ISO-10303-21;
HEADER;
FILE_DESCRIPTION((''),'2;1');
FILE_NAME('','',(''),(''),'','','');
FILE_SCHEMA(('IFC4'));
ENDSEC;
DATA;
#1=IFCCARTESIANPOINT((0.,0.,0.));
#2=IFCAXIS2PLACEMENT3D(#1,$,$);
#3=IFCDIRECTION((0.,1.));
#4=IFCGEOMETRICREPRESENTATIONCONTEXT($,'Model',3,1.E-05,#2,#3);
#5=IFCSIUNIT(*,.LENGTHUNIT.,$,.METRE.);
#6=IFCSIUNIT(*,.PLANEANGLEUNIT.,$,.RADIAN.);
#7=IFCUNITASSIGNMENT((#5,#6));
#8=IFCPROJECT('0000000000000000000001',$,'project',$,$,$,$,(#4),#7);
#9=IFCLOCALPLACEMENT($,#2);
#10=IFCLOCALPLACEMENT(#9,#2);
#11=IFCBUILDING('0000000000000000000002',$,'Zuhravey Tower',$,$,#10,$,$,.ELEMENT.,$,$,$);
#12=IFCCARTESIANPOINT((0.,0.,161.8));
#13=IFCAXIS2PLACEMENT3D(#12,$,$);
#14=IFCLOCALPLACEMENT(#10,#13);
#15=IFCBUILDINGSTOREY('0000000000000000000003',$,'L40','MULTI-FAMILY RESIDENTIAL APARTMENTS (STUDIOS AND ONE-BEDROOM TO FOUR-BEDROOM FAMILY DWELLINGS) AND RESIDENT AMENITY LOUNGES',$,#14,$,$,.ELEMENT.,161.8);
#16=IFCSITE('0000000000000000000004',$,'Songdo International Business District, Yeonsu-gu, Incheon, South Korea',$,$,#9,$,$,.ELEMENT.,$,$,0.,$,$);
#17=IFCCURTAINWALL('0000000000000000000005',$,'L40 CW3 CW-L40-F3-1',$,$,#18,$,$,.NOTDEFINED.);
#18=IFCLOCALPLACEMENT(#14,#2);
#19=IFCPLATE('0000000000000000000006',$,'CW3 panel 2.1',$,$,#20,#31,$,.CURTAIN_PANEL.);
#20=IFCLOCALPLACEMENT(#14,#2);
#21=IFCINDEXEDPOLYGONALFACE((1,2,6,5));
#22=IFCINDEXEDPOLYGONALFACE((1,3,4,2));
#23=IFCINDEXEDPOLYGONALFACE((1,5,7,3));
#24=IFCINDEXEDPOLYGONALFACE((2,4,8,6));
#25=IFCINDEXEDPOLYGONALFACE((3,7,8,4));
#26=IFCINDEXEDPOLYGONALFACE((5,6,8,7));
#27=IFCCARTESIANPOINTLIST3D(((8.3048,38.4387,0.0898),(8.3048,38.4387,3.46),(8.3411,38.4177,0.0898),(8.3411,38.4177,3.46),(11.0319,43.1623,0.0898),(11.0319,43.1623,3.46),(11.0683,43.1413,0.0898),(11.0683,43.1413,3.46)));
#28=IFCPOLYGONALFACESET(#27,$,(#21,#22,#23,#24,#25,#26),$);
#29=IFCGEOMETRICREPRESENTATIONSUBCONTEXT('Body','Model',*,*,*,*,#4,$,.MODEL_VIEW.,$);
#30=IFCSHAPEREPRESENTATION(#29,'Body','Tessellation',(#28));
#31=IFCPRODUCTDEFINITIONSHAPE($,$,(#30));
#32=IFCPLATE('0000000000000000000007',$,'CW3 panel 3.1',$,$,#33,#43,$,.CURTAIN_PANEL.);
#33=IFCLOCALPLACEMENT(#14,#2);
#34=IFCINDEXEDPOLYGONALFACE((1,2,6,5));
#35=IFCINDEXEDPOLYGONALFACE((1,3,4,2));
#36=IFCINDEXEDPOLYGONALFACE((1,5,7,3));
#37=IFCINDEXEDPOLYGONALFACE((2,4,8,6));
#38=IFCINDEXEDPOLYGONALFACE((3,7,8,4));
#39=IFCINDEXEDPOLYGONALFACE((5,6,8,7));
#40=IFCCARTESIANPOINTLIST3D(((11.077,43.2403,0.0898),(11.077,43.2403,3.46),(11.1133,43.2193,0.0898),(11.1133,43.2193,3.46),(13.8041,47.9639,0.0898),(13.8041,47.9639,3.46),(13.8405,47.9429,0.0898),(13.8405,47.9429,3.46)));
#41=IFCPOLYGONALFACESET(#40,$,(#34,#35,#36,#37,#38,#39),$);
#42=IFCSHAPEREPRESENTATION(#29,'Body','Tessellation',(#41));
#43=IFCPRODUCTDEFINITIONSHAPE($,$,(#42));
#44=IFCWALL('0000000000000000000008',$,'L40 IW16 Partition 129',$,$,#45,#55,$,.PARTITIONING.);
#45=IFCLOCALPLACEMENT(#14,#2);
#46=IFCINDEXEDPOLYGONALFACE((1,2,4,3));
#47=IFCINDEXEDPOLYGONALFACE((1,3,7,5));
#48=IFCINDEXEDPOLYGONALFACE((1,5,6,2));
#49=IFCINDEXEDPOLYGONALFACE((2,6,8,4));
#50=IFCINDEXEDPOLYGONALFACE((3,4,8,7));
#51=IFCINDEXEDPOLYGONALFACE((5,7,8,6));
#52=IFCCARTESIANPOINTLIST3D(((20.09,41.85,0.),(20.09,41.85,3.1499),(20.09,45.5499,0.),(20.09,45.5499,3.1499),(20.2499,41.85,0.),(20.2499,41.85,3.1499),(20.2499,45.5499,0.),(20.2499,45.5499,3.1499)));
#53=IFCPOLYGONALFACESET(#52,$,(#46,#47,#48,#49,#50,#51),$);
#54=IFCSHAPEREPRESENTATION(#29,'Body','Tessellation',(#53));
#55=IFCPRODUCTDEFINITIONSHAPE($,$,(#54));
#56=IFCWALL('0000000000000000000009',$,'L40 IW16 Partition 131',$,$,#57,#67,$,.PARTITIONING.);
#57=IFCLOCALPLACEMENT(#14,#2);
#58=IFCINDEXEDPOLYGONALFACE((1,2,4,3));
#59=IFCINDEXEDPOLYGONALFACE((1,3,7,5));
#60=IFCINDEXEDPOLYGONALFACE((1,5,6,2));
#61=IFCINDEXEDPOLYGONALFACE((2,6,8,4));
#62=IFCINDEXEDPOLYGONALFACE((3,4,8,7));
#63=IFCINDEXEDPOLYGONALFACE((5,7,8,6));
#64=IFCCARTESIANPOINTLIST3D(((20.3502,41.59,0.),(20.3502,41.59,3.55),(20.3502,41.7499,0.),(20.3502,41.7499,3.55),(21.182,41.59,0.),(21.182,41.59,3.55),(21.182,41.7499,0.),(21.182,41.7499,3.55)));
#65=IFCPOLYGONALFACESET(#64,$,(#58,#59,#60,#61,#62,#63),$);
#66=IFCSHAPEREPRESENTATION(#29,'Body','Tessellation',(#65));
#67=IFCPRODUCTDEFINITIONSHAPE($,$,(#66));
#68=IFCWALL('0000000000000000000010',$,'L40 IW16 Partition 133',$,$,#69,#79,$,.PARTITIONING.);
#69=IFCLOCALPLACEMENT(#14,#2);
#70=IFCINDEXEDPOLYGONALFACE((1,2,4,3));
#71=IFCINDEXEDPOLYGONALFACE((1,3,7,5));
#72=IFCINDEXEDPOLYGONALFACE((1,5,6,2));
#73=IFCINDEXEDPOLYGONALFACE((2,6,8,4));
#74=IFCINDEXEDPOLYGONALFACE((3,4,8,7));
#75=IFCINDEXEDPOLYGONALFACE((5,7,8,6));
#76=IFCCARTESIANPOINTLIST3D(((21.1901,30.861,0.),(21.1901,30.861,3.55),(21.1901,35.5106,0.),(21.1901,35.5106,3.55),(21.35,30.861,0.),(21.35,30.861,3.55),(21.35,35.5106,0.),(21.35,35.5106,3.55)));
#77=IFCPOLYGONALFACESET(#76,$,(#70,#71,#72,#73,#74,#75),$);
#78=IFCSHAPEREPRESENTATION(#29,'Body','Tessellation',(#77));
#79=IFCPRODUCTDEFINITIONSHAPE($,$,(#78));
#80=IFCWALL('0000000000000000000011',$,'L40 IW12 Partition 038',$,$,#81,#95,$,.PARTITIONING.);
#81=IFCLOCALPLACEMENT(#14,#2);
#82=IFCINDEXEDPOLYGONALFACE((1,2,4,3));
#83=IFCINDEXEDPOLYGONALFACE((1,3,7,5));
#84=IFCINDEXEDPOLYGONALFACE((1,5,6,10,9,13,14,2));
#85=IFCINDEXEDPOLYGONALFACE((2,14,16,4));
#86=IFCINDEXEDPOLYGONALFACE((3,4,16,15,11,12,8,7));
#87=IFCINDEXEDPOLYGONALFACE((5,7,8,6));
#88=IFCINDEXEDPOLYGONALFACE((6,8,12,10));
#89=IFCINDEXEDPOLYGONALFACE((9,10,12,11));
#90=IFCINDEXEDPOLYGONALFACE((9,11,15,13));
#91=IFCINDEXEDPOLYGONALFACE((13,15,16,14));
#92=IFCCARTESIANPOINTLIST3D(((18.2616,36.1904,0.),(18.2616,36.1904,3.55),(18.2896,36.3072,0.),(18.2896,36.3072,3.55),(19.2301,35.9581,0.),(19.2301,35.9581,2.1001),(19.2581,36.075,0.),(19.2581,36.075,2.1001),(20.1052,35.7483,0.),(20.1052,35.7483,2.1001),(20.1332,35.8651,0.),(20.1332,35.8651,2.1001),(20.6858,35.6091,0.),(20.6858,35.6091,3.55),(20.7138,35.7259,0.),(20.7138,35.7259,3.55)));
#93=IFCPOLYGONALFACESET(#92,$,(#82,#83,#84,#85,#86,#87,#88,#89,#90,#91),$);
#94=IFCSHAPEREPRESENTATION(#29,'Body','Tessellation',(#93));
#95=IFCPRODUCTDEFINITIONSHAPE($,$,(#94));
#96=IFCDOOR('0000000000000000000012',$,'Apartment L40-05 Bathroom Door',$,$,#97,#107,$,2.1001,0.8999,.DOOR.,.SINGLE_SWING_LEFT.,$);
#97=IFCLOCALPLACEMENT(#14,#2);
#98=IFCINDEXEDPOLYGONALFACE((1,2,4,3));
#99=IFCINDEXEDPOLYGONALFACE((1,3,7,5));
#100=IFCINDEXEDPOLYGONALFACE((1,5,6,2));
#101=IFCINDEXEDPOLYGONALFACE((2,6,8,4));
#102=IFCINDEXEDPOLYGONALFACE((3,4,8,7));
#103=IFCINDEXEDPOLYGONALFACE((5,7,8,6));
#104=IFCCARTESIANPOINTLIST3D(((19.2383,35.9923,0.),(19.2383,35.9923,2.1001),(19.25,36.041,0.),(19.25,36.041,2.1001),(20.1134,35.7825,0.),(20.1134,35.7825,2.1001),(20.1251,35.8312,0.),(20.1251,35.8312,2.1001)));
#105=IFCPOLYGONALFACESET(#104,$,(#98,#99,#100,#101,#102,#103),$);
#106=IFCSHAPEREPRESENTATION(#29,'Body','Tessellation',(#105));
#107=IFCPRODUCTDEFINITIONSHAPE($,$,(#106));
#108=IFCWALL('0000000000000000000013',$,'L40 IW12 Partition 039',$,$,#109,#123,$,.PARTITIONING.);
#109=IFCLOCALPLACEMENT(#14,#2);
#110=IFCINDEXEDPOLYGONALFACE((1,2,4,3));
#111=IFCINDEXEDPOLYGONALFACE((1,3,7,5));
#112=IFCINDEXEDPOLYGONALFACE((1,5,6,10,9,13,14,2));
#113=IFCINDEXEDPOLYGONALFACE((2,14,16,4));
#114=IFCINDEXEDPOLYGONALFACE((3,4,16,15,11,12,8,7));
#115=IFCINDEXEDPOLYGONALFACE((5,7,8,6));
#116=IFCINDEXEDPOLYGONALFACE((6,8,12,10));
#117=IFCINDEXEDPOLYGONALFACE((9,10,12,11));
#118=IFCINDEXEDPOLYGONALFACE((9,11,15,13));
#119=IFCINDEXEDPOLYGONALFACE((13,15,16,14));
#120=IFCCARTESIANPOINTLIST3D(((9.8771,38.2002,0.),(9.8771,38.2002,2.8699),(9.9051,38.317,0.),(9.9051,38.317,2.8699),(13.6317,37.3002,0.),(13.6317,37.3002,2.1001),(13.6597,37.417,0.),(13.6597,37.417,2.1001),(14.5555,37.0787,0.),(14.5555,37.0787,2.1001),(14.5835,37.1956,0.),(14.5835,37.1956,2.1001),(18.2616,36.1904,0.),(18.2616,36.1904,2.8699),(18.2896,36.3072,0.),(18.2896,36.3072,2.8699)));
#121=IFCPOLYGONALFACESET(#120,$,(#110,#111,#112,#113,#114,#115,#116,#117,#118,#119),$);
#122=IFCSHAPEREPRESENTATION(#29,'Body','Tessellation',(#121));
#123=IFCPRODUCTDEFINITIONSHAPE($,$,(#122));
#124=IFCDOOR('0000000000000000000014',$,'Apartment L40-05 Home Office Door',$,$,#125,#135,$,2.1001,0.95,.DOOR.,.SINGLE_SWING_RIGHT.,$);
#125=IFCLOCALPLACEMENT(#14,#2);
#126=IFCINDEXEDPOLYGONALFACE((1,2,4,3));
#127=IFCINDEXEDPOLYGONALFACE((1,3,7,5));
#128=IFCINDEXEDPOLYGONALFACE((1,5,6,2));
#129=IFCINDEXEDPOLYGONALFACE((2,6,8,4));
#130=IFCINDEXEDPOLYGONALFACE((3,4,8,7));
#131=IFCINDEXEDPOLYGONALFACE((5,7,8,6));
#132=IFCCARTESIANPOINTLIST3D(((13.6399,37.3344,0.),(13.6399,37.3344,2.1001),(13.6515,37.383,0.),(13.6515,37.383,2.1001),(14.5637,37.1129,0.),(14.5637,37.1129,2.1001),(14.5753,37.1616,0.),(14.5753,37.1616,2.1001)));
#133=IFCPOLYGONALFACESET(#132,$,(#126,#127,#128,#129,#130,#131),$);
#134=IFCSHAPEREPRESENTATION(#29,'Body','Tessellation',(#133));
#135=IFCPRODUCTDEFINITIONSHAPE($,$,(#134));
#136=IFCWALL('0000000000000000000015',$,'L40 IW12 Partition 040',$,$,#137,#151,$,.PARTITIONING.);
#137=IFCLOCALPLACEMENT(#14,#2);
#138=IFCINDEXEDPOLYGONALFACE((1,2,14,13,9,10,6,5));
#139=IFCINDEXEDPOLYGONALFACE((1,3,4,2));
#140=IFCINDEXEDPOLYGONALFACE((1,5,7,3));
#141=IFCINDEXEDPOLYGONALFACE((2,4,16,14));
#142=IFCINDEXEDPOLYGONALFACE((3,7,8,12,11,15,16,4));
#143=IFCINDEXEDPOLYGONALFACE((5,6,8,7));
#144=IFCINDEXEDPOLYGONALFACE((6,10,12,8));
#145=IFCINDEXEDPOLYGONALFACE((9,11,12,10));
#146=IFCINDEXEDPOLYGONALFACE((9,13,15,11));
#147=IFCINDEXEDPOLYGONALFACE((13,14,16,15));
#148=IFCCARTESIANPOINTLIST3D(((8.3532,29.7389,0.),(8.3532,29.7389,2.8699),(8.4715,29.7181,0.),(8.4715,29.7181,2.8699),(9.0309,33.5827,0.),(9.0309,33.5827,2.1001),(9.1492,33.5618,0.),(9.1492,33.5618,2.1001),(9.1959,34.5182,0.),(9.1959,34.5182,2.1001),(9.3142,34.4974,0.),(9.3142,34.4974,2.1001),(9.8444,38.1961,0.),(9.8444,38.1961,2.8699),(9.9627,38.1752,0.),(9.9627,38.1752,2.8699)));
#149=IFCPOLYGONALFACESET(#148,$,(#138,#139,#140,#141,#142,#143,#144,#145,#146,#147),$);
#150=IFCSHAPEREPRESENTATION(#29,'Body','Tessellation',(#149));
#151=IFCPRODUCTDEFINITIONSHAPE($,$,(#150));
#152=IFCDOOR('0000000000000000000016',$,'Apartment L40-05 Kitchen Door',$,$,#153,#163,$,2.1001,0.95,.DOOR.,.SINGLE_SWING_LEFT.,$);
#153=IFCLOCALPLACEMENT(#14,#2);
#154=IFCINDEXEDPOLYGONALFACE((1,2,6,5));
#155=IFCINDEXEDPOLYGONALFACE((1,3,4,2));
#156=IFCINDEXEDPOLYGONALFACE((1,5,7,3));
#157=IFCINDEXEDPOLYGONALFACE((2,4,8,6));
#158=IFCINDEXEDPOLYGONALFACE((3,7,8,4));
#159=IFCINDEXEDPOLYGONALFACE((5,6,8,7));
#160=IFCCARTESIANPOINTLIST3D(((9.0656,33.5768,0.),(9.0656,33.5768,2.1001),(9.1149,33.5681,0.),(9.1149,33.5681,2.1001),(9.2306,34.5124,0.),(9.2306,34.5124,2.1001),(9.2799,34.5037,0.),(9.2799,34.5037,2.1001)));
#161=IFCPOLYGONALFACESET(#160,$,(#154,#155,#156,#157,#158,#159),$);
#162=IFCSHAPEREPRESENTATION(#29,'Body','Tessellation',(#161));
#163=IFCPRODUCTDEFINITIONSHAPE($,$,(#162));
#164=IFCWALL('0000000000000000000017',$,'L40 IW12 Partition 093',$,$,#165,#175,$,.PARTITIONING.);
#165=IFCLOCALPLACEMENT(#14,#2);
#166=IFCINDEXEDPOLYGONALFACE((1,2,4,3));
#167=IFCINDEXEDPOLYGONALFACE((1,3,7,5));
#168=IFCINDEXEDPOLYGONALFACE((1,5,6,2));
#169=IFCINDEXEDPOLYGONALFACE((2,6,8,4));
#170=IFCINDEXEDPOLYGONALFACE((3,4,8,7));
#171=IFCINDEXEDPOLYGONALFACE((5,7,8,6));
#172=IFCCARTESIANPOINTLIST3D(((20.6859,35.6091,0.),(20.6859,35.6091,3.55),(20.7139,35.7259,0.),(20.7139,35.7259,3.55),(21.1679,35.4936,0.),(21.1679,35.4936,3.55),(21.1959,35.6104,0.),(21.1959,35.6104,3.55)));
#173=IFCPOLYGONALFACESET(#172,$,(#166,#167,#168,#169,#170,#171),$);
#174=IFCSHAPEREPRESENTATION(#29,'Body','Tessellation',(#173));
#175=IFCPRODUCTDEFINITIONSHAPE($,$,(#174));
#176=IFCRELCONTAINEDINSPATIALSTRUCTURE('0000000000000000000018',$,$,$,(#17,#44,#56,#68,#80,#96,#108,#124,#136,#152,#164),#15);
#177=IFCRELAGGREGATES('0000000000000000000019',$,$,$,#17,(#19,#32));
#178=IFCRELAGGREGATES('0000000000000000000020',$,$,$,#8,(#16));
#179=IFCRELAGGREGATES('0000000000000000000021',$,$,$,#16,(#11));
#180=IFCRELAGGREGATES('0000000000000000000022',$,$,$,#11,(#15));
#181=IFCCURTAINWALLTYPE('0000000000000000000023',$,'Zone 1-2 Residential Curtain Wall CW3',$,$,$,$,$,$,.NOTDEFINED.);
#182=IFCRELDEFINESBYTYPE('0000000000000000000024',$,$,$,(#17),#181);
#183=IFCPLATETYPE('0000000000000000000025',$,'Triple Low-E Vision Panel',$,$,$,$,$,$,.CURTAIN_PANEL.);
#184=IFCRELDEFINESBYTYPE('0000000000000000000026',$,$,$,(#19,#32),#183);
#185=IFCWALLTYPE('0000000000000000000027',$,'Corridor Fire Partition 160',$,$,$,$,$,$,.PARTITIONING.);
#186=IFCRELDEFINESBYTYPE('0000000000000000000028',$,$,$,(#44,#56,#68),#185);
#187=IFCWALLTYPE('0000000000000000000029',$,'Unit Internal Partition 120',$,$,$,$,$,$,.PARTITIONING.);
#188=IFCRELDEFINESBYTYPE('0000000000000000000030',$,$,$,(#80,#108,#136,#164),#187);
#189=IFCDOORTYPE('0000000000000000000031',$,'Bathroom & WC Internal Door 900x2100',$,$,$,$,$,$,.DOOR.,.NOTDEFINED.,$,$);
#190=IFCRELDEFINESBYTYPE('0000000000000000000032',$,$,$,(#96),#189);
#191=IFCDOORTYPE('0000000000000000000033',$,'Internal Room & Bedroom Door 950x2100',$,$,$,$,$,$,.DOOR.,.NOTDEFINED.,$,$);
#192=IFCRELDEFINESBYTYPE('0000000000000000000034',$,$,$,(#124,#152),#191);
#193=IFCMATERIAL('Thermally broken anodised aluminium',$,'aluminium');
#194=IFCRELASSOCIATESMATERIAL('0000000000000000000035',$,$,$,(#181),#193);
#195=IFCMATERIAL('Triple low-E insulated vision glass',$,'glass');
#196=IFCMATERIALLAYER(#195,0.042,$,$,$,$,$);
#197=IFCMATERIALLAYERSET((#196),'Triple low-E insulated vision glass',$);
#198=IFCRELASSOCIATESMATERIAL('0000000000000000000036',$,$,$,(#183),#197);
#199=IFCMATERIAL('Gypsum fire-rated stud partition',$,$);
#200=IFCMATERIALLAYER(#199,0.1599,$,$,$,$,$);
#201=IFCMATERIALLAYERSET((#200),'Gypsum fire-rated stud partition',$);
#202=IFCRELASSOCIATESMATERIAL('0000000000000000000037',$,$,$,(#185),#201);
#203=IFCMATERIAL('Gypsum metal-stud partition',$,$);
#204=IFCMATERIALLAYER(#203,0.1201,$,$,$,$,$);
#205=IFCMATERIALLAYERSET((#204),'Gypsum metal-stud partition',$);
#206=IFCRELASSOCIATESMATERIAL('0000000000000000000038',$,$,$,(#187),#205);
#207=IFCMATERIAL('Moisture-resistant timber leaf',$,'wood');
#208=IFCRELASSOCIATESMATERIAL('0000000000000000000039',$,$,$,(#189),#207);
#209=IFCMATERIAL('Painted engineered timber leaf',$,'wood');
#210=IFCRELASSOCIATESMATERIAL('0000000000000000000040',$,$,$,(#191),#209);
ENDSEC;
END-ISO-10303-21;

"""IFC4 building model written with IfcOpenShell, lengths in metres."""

from ifc_helpers import new_model, si_unit, direction, frame, frame_2d, origin, origin_2d, place, context, subcontext, project, spatial, rectangle, extrude, material, layer, layer_set, type_object, element, fill, aggregate, save


model = new_model("IFC4")

# Units and contexts
model_context = context("Model", 3, precision=1e-05, world=origin(), true_north=direction((0.0, 1.0)))
body_context = subcontext(model_context, "Body", "Model", "MODEL_VIEW")
ifc_project = project(units=[si_unit("LENGTHUNIT", "METRE"), si_unit("PLANEANGLEUNIT", "RADIAN")], contexts=[model_context])

# Site, building, storey
site_placement = place(None, origin())
site = spatial("IfcSite", under=ifc_project, at=site_placement, Name="Songdo International Business District, Yeonsu-gu, Incheon, South Korea", CompositionType="ELEMENT", RefElevation=0.0)
building_placement = place(site_placement, origin())
building = spatial("IfcBuilding", under=site, at=building_placement, Name="Zuhravey Tower", CompositionType="ELEMENT")
storey_placement = place(building_placement, frame((0.0, 0.0, 161.8)))
storey = spatial("IfcBuildingStorey", under=building, at=storey_placement, Name="L40", Description="MULTI-FAMILY RESIDENTIAL APARTMENTS (STUDIOS AND ONE-BEDROOM TO FOUR-BEDROOM FAMILY DWELLINGS) AND RESIDENT AMENITY LOUNGES", CompositionType="ELEMENT", Elevation=161.8)

# Curtain wall
ifc_material_1 = material(Name="Thermally broken anodised aluminium", Category="aluminium")
curtain_wall_type = type_object("IfcCurtainWallType", Name="Zone 1-2 Residential Curtain Wall CW3", PredefinedType="NOTDEFINED", material=ifc_material_1)
curtain_wall_placement = place(storey_placement, origin())
curtain_wall = element("IfcCurtainWall", 1, at=curtain_wall_placement, inside=storey, type_object=curtain_wall_type, Name="L40 CW3 CW-L40-F3-1", PredefinedType="NOTDEFINED")

# Plates
ifc_material_2 = material(Name="Triple low-E insulated vision glass", Category="glass")
ifc_layer_1 = layer(ifc_material_2, 0.042)
ifc_layer_set_1 = layer_set([ifc_layer_1], Name="Triple low-E insulated vision glass")
plate_type_1 = type_object("IfcPlateType", Name="Triple Low-E Vision Panel", PredefinedType="CURTAIN_PANEL", material=ifc_layer_set_1)
plate_1_placement = place(storey_placement, frame((9.6865, 40.79, 0.0898), z_axis=(0.0, 0.0, 1.0), x_axis=(0.5, 0.866025, 0.0)))
plate_1 = element("IfcPlate", 2, at=plate_1_placement, type_object=plate_type_1, Name="CW3 panel 2.1", PredefinedType="CURTAIN_PANEL", context=body_context, shape_type="SweptSolid", body=[
    extrude(rectangle(XDim=5.4543, YDim=0.042, at=origin_2d()), origin(), (0.0, 0.0, 1.0), 3.3701),
])
plate_2_placement = place(storey_placement, frame((12.4587, 45.5916, 0.0898), z_axis=(0.0, 0.0, 1.0), x_axis=(0.5, 0.866025, 0.0)))
plate_2 = element("IfcPlate", 3, at=plate_2_placement, type_object=plate_type_1, Name="CW3 panel 3.1", PredefinedType="CURTAIN_PANEL", context=body_context, shape_type="SweptSolid", body=[
    extrude(rectangle(XDim=5.4543, YDim=0.042, at=origin_2d()), origin(), (0.0, 0.0, 1.0), 3.3701),
])
aggregate(curtain_wall, [plate_1, plate_2])

# Walls
ifc_material_3 = material(Name="Gypsum fire-rated stud partition")
ifc_layer_2 = layer(ifc_material_3, 0.1599)
ifc_layer_set_2 = layer_set([ifc_layer_2], Name="Gypsum fire-rated stud partition")
wall_type_1 = type_object("IfcWallType", Name="Corridor Fire Partition 160", PredefinedType="PARTITIONING", material=ifc_layer_set_2)
wall_1_placement = place(storey_placement, frame((20.1699, 45.55, 0.0), z_axis=(0.0, 0.0, 1.0), x_axis=(0.0, -1.0, 0.0)))
element("IfcWall", 4, at=wall_1_placement, inside=storey, type_object=wall_type_1, Name="L40 IW16 Partition 129", PredefinedType="PARTITIONING", context=body_context, shape_type="SweptSolid", body=[
    extrude(rectangle(XDim=3.7, YDim=0.1599, at=frame_2d((1.8501, 0.0))), origin(), (0.0, 0.0, 1.0), 3.1499),
])
wall_2_placement = place(storey_placement, frame((20.3501, 41.6699, 0.0), z_axis=(0.0, 0.0, 1.0), x_axis=(1.0, 0.0, 0.0)))
element("IfcWall", 5, at=wall_2_placement, inside=storey, type_object=wall_type_1, Name="L40 IW16 Partition 131", PredefinedType="PARTITIONING", context=body_context, shape_type="SweptSolid", body=[
    extrude(rectangle(XDim=0.8318, YDim=0.1599, at=frame_2d((0.416, 0.0))), origin(), (0.0, 0.0, 1.0), 3.55),
])
wall_3_placement = place(storey_placement, frame((21.27, 35.5105, 0.0), z_axis=(0.0, 0.0, 1.0), x_axis=(0.0, -1.0, 0.0)))
element("IfcWall", 6, at=wall_3_placement, inside=storey, type_object=wall_type_1, Name="L40 IW16 Partition 133", PredefinedType="PARTITIONING", context=body_context, shape_type="SweptSolid", body=[
    extrude(rectangle(XDim=4.6497, YDim=0.1599, at=frame_2d((2.3247, 0.0))), origin(), (0.0, 0.0, 1.0), 3.55),
])

# Walls, openings, doors
ifc_material_4 = material(Name="Gypsum metal-stud partition")
ifc_layer_3 = layer(ifc_material_4, 0.1201)
ifc_layer_set_3 = layer_set([ifc_layer_3], Name="Gypsum metal-stud partition")
wall_type_2 = type_object("IfcWallType", Name="Unit Internal Partition 120", PredefinedType="PARTITIONING", material=ifc_layer_set_3)
wall_4_placement = place(storey_placement, frame((20.7, 35.6675, 0.0), z_axis=(0.0, 0.0, 1.0), x_axis=(-0.972436, 0.233169, 0.0)))
wall_4 = element("IfcWall", 7, at=wall_4_placement, inside=storey, type_object=wall_type_2, Name="L40 IW12 Partition 038", PredefinedType="PARTITIONING", context=body_context, shape_type="SweptSolid", body=[
    extrude(rectangle(XDim=2.4929, YDim=0.1201, at=frame_2d((1.2466, 0.0))), origin(), (0.0, 0.0, 1.0), 3.55),
])
opening_1_placement = place(wall_4_placement, frame((0.5972, 0.0, 0.0)))
opening_1 = element("IfcOpeningElement", 8, at=opening_1_placement, cuts=wall_4, PredefinedType="OPENING", context=body_context, shape_type="SweptSolid", body=[
    extrude(rectangle(XDim=0.8999, YDim=2.1001, at=frame_2d((0.45, 1.05))), frame((0.0, 0.072, 0.0), z_axis=(0.0, -1.0, 0.0), x_axis=(1.0, 0.0, 0.0)), (0.0, 0.0, 1.0), 0.144),
])
ifc_material_5 = material(Name="Moisture-resistant timber leaf", Category="wood")
door_type_1 = type_object("IfcDoorType", Name="Bathroom & WC Internal Door 900x2100", OperationType="NOTDEFINED", PredefinedType="DOOR", material=ifc_material_5)
door_1_placement = place(opening_1_placement, origin())
door_1 = element("IfcDoor", 9, at=door_1_placement, inside=storey, type_object=door_type_1, Name="Apartment L40-05 Bathroom Door", OperationType="SINGLE_SWING_LEFT", OverallHeight=2.1001, OverallWidth=0.8999, PredefinedType="DOOR", context=body_context, shape_type="SweptSolid", body=[
    extrude(rectangle(XDim=0.8999, YDim=2.1001, at=frame_2d((0.45, 1.05))), frame((0.0, 0.0249, 0.0), z_axis=(0.0, -1.0, 0.0), x_axis=(1.0, 0.0, 0.0)), (0.0, 0.0, 1.0), 0.05),
])
fill(opening_1, door_1)
wall_5_placement = place(storey_placement, frame((18.2756, 36.2488, 0.0), z_axis=(0.0, 0.0, 1.0), x_axis=(-0.972454, 0.233097, 0.0)))
wall_5 = element("IfcWall", 10, at=wall_5_placement, inside=storey, type_object=wall_type_2, Name="L40 IW12 Partition 039", PredefinedType="PARTITIONING", context=body_context, shape_type="SweptSolid", body=[
    extrude(rectangle(XDim=8.6221, YDim=0.1201, at=frame_2d((4.311, 0.0))), origin(), (0.0, 0.0, 1.0), 2.8699),
])
opening_2_placement = place(wall_5_placement, frame((3.811, 0.0, 0.0)))
opening_2 = element("IfcOpeningElement", 11, at=opening_2_placement, cuts=wall_5, PredefinedType="OPENING", context=body_context, shape_type="SweptSolid", body=[
    extrude(rectangle(XDim=0.95, YDim=2.1001, at=frame_2d((0.4751, 1.05))), frame((0.0, 0.072, 0.0), z_axis=(0.0, -1.0, 0.0), x_axis=(1.0, 0.0, 0.0)), (0.0, 0.0, 1.0), 0.144),
])
ifc_material_6 = material(Name="Painted engineered timber leaf", Category="wood")
door_type_2 = type_object("IfcDoorType", Name="Internal Room & Bedroom Door 950x2100", OperationType="NOTDEFINED", PredefinedType="DOOR", material=ifc_material_6)
door_2_placement = place(opening_2_placement, origin())
door_2 = element("IfcDoor", 12, at=door_2_placement, inside=storey, type_object=door_type_2, Name="Apartment L40-05 Home Office Door", OperationType="SINGLE_SWING_RIGHT", OverallHeight=2.1001, OverallWidth=0.95, PredefinedType="DOOR", context=body_context, shape_type="SweptSolid", body=[
    extrude(rectangle(XDim=0.95, YDim=2.1001, at=frame_2d((0.4751, 1.05))), frame((0.0, 0.0249, 0.0), z_axis=(0.0, -1.0, 0.0), x_axis=(1.0, 0.0, 0.0)), (0.0, 0.0, 1.0), 0.05),
])
fill(opening_2, door_2)
wall_6_placement = place(storey_placement, frame((9.9036, 38.1858, 0.0), z_axis=(0.0, 0.0, 1.0), x_axis=(-0.173644, -0.984808, 0.0)))
wall_6 = element("IfcWall", 13, at=wall_6_placement, inside=storey, type_object=wall_type_2, Name="L40 IW12 Partition 040", PredefinedType="PARTITIONING", context=body_context, shape_type="SweptSolid", body=[
    extrude(rectangle(XDim=8.5876, YDim=0.1201, at=frame_2d((4.2939, 0.0))), origin(), (0.0, 0.0, 1.0), 2.8699),
])
opening_3_placement = place(wall_6_placement, frame((3.7346, 0.0, 0.0)))
opening_3 = element("IfcOpeningElement", 14, at=opening_3_placement, cuts=wall_6, PredefinedType="OPENING", context=body_context, shape_type="SweptSolid", body=[
    extrude(rectangle(XDim=0.95, YDim=2.1001, at=frame_2d((0.4751, 1.05))), frame((0.0, 0.072, 0.0), z_axis=(0.0, -1.0, 0.0), x_axis=(1.0, 0.0, 0.0)), (0.0, 0.0, 1.0), 0.144),
])
door_3_placement = place(opening_3_placement, frame((0.95, 0.0, 0.0), z_axis=(0.0, 0.0, 1.0), x_axis=(-1.0, 0.0, 0.0)))
door_3 = element("IfcDoor", 15, at=door_3_placement, inside=storey, type_object=door_type_2, Name="Apartment L40-05 Kitchen Door", OperationType="SINGLE_SWING_LEFT", OverallHeight=2.1001, OverallWidth=0.95, PredefinedType="DOOR", context=body_context, shape_type="SweptSolid", body=[
    extrude(rectangle(XDim=0.95, YDim=2.1001, at=frame_2d((0.4751, 1.05))), frame((0.0, 0.0249, 0.0), z_axis=(0.0, -1.0, 0.0), x_axis=(1.0, 0.0, 0.0)), (0.0, 0.0, 1.0), 0.05),
])
fill(opening_3, door_3)

# Wall
wall_7_placement = place(storey_placement, frame((21.1819, 35.552, 0.0), z_axis=(0.0, 0.0, 1.0), x_axis=(-0.972472, 0.233019, 0.0)))
element("IfcWall", 16, at=wall_7_placement, inside=storey, type_object=wall_type_2, Name="L40 IW12 Partition 093", PredefinedType="PARTITIONING", context=body_context, shape_type="SweptSolid", body=[
    extrude(rectangle(XDim=0.4956, YDim=0.1201, at=frame_2d((0.2478, 0.0))), origin(), (0.0, 0.0, 1.0), 3.55),
])

save(model, "model.ifc")
